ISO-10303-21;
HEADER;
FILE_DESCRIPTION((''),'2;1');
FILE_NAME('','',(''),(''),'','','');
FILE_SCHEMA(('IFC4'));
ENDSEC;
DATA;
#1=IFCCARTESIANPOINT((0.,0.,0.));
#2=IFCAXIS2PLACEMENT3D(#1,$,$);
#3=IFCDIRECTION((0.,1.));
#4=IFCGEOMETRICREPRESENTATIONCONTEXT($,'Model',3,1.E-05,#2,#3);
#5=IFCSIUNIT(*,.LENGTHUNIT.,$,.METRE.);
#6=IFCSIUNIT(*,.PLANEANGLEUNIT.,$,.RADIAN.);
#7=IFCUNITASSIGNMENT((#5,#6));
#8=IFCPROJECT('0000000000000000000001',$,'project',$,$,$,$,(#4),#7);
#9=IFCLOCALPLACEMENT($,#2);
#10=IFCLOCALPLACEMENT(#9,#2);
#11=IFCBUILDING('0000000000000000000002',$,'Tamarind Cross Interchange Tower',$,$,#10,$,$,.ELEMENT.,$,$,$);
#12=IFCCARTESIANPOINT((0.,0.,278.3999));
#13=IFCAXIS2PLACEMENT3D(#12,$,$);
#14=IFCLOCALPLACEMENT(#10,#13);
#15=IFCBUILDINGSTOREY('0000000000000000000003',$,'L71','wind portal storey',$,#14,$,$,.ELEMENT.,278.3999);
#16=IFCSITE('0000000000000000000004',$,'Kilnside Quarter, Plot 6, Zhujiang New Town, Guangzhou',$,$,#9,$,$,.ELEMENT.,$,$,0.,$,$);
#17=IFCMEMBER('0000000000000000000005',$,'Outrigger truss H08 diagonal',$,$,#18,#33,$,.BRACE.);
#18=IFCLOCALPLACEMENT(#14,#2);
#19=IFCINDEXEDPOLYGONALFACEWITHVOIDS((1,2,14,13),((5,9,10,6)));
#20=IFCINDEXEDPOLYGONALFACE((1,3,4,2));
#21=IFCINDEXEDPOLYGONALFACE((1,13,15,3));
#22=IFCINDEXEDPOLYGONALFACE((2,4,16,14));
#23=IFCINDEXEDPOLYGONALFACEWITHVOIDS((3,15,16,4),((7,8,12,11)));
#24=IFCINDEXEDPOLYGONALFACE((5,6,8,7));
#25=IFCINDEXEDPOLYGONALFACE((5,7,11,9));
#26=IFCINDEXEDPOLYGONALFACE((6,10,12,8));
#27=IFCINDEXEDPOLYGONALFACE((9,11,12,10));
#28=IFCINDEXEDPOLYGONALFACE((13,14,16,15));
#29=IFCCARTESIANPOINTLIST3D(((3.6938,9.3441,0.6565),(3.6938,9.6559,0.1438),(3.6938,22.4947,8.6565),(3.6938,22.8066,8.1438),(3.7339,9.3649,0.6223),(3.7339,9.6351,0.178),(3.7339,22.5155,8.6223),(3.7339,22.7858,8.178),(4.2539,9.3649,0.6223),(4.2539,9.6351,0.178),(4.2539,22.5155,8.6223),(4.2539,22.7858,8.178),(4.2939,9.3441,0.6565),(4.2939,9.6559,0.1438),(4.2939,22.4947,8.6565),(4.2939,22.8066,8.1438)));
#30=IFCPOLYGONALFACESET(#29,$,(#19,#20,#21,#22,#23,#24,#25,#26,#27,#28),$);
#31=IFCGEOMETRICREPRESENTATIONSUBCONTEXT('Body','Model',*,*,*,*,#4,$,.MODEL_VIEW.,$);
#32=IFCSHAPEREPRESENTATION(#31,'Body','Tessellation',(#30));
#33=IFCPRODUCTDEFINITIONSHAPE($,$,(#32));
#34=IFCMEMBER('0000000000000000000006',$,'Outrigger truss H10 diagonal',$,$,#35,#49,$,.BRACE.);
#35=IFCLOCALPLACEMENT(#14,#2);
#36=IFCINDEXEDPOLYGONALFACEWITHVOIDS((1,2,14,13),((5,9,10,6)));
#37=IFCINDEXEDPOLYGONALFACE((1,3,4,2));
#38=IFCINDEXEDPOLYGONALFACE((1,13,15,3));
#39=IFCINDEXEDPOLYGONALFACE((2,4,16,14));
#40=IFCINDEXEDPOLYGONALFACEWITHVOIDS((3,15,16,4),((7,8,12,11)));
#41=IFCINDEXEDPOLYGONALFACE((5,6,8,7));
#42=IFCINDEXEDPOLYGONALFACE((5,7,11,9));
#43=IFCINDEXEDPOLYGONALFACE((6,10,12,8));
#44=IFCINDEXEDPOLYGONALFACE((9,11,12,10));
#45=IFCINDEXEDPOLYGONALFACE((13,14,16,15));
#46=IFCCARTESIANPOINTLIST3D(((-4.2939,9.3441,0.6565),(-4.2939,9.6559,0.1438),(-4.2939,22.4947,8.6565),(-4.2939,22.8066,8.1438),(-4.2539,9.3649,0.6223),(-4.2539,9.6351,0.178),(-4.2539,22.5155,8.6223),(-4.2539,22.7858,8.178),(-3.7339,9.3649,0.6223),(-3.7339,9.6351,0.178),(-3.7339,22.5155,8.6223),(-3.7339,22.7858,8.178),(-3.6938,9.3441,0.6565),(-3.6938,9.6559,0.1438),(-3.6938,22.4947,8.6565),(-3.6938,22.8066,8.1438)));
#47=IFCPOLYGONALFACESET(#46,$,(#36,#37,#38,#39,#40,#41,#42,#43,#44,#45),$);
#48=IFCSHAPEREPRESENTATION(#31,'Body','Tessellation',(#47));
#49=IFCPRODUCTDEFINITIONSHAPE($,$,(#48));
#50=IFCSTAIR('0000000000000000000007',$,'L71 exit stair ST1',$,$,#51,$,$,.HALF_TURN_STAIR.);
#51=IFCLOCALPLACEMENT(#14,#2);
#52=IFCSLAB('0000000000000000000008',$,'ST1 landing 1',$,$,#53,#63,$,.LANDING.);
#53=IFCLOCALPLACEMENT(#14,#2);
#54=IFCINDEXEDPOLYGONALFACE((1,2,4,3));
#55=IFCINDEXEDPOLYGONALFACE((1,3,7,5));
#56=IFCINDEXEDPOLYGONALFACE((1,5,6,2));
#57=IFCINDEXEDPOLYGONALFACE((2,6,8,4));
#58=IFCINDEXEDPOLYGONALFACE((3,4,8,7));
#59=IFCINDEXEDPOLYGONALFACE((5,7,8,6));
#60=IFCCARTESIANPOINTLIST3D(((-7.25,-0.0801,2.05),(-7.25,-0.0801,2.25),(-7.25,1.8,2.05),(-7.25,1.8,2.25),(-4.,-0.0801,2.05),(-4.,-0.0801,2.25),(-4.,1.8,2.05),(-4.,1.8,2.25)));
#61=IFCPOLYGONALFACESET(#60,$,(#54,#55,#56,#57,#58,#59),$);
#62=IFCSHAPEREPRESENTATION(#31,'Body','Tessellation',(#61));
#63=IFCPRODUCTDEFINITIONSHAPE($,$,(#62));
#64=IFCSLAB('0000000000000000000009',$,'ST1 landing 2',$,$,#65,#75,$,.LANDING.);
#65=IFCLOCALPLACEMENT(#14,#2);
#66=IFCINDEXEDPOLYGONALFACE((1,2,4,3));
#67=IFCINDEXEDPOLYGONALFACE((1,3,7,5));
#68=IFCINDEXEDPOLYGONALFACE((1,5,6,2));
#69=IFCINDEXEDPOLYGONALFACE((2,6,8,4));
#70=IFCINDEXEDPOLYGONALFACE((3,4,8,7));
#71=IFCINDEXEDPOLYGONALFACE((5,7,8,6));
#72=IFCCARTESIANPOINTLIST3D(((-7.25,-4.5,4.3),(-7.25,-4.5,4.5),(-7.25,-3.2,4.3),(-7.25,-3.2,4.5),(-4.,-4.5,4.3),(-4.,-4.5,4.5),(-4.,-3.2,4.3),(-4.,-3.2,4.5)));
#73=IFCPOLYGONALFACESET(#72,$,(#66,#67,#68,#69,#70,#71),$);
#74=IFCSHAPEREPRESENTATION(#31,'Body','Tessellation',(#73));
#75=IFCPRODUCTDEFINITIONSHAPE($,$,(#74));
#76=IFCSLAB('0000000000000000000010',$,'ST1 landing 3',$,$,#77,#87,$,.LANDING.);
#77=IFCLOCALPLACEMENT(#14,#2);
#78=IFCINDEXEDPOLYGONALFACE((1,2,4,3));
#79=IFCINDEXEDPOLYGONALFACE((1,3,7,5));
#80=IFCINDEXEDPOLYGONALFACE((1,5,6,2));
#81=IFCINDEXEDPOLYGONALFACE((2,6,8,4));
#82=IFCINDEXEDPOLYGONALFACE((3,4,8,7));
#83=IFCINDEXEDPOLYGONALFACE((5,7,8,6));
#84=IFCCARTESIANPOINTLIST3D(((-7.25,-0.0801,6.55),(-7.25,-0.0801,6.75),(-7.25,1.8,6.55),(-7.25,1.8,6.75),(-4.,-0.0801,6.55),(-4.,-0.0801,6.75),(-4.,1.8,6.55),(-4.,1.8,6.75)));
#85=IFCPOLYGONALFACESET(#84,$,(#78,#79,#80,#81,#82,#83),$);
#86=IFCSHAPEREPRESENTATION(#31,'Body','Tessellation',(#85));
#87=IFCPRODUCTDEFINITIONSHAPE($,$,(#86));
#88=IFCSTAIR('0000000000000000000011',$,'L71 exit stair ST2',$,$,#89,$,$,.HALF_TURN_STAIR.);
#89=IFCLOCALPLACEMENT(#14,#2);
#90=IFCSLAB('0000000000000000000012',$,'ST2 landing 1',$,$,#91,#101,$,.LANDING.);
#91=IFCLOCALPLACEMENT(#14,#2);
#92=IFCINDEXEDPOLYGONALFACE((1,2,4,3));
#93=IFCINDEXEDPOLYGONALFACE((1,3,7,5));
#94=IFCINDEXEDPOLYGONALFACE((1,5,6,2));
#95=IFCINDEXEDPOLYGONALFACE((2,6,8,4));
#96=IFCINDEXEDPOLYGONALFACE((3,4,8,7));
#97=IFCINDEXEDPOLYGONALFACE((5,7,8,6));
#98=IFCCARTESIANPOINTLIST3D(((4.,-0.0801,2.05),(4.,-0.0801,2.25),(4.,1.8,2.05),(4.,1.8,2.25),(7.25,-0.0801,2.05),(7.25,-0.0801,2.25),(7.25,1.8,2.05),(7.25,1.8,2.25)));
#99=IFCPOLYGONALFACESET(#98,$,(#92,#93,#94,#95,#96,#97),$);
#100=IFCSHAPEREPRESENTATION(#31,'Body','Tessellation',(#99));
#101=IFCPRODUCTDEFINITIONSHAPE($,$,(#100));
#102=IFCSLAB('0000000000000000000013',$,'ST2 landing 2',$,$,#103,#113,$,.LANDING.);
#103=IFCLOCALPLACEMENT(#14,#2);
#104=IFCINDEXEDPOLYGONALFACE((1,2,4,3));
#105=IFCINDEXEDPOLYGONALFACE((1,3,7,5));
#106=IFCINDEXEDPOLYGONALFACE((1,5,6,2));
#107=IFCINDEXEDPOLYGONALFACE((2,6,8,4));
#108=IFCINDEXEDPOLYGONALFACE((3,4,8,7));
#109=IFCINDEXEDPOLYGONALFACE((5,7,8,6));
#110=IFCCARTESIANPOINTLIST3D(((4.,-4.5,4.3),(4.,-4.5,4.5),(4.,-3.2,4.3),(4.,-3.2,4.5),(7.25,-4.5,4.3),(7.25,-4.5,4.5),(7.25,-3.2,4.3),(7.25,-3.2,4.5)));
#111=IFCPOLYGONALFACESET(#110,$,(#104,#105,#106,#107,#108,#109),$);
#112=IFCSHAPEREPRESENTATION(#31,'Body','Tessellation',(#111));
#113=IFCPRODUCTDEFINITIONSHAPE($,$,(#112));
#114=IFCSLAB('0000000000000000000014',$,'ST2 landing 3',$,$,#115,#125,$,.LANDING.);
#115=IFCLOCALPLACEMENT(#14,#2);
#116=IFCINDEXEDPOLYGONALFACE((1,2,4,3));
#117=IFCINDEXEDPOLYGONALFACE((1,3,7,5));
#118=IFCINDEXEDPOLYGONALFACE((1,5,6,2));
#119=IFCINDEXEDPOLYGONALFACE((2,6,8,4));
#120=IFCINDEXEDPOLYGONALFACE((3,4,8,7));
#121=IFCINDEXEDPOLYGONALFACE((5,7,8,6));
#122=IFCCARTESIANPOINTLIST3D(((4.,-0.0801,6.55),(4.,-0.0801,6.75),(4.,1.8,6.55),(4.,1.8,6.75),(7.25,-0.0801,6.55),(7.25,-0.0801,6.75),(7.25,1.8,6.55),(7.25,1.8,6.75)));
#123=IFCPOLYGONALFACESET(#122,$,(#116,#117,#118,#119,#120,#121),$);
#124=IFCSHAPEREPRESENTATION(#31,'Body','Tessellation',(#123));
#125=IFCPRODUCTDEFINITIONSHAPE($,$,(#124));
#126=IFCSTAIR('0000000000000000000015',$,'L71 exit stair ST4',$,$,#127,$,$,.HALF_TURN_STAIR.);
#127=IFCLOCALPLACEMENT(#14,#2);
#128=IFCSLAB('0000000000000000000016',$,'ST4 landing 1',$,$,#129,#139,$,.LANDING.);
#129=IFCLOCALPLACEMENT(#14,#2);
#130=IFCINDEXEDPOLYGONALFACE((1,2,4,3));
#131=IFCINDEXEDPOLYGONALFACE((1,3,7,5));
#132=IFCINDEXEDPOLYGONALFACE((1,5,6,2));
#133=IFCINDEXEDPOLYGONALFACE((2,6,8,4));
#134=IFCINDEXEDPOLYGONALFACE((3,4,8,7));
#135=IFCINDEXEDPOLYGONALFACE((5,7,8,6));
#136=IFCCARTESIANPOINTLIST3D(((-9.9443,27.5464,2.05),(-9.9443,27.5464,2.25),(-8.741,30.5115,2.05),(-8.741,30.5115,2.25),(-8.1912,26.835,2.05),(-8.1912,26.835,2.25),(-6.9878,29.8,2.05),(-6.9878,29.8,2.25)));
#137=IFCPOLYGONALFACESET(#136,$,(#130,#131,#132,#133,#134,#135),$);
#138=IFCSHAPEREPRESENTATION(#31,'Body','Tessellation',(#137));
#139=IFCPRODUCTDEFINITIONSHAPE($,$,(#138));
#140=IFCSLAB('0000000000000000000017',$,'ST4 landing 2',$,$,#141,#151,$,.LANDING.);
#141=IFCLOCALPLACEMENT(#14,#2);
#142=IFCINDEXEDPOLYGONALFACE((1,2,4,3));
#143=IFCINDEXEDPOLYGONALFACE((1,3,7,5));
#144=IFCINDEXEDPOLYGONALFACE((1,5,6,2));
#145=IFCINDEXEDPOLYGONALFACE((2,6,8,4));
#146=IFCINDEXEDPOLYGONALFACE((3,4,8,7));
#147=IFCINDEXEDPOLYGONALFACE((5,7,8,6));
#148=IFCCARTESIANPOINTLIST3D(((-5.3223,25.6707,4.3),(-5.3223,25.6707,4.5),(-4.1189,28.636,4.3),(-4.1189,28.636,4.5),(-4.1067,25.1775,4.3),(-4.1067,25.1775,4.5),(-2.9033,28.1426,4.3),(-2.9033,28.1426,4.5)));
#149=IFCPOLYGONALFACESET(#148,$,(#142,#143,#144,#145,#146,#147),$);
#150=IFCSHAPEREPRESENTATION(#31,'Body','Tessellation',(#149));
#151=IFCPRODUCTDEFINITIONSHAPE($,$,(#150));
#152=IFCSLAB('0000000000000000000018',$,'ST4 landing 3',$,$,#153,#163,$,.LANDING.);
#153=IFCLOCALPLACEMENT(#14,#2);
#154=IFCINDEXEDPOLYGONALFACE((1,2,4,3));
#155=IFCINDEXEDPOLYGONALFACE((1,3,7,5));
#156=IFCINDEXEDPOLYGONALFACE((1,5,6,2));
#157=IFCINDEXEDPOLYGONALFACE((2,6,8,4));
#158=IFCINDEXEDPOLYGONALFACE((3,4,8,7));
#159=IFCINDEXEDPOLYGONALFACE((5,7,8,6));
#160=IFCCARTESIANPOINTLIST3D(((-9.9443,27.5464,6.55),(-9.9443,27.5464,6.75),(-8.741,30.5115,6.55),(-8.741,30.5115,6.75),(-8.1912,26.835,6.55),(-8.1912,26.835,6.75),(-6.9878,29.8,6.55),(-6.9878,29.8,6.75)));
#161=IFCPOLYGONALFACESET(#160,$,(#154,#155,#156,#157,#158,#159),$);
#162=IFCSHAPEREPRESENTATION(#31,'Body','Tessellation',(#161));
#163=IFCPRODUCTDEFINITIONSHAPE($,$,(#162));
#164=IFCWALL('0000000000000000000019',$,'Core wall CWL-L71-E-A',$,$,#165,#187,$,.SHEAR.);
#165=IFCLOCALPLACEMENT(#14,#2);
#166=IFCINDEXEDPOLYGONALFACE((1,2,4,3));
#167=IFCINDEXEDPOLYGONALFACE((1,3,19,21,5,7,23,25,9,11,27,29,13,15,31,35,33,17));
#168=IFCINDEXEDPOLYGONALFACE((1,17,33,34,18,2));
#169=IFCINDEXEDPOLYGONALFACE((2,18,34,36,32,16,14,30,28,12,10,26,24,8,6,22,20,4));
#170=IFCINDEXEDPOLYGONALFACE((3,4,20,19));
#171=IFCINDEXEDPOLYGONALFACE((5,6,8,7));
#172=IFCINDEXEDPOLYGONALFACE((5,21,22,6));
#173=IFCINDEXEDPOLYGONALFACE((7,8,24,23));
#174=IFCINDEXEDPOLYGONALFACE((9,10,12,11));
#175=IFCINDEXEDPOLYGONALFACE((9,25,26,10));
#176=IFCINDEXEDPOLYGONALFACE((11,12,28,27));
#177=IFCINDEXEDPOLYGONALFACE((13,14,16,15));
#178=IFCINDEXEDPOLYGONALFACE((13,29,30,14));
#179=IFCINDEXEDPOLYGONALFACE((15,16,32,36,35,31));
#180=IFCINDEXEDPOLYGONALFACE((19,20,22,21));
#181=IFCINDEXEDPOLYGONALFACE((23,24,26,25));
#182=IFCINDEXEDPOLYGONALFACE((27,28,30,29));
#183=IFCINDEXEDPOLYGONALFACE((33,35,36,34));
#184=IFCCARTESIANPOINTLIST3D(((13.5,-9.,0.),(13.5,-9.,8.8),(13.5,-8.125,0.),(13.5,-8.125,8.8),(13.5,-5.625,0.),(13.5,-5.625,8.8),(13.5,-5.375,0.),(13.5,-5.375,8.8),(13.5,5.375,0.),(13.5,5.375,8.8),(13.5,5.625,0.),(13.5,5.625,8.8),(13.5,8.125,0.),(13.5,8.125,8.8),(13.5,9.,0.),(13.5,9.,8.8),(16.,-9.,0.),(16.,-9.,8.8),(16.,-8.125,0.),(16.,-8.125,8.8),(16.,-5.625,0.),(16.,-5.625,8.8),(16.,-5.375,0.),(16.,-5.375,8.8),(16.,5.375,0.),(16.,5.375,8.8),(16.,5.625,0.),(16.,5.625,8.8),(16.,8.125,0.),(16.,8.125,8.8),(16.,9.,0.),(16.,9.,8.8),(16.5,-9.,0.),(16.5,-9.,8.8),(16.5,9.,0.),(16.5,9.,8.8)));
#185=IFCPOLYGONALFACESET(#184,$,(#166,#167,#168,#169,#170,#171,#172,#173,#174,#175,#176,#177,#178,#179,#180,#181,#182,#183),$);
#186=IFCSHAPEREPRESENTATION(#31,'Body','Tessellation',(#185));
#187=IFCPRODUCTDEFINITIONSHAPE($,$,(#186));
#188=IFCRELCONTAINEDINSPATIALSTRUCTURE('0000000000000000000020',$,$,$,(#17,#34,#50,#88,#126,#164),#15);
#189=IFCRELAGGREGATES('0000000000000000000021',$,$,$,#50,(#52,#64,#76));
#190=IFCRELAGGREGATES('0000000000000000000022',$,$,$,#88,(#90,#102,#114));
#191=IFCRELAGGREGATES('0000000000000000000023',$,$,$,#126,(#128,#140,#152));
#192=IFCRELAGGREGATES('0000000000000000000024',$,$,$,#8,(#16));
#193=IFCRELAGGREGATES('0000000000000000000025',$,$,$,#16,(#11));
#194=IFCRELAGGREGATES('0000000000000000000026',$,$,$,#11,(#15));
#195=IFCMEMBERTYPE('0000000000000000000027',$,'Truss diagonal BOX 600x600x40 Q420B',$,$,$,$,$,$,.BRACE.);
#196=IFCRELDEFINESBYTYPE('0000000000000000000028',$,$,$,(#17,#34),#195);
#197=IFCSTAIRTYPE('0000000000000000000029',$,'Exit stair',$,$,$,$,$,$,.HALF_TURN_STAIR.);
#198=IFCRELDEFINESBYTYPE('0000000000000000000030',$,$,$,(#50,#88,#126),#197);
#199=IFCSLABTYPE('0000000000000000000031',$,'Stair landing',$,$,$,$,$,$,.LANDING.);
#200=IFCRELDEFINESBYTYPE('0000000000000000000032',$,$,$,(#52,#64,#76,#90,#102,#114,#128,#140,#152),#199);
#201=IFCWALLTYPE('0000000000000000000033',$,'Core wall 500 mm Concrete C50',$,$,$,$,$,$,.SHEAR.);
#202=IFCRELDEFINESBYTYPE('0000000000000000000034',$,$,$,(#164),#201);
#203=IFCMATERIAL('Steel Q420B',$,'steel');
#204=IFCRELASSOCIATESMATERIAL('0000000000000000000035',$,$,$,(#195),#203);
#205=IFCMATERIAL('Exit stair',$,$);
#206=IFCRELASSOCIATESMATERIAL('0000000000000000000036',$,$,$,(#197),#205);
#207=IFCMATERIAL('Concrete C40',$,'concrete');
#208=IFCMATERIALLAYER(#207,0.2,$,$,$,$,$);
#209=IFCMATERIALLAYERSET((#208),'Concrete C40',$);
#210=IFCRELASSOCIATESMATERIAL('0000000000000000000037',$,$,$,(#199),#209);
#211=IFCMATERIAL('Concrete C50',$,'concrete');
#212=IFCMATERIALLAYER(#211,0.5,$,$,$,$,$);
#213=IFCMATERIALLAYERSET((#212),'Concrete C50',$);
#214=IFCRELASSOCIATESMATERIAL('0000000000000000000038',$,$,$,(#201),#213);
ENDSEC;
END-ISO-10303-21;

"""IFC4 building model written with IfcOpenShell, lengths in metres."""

from ifc_helpers import new_model, si_unit, direction, frame, origin, origin_2d, place, context, subcontext, project, spatial, polyline, hollow_rectangle, outline, extrude, material, layer, layer_set, material_profile, profile_set, type_object, element, aggregate, save


model = new_model("IFC4")

# Units and contexts
model_context = context("Model", 3, precision=1e-05, world=origin(), true_north=direction((0.0, 1.0)))
body_context = subcontext(model_context, "Body", "Model", "MODEL_VIEW")
ifc_project = project(units=[si_unit("LENGTHUNIT", "METRE"), si_unit("PLANEANGLEUNIT", "RADIAN")], contexts=[model_context])

# Site, building, storey
site_placement = place(None, origin())
site = spatial("IfcSite", under=ifc_project, at=site_placement, Name="Kilnside Quarter, Plot 6, Zhujiang New Town, Guangzhou", CompositionType="ELEMENT", RefElevation=0.0)
building_placement = place(site_placement, origin())
building = spatial("IfcBuilding", under=site, at=building_placement, Name="Tamarind Cross Interchange Tower", CompositionType="ELEMENT")
storey_placement = place(building_placement, frame((0.0, 0.0, 278.3999)))
storey = spatial("IfcBuildingStorey", under=building, at=storey_placement, Name="L71", Description="wind portal storey", CompositionType="ELEMENT", Elevation=278.3999)

# Members
ifc_material_1 = material(Name="Steel Q420B", Category="steel")
ifc_material_profile_1 = material_profile(ifc_material_1, hollow_rectangle(XDim=0.6001, YDim=0.6001, WallThickness=0.04, at=origin_2d()), Name="BOX 600x600x40")
ifc_profile_set_1 = profile_set([ifc_material_profile_1], Name="Steel Q420B")
member_type_1 = type_object("IfcMemberType", Name="Truss diagonal BOX 600x600x40 Q420B", PredefinedType="BRACE", material=ifc_profile_set_1)
for number, where, z_axis, x_axis, name in (
    (1, (3.9939, 9.5, 0.4001), (0.0, 0.854335, 0.519723), (-1.0, 0.0, 0.0), "Outrigger truss H08 diagonal"),
    (2, (-3.9939, 9.5, 0.4001), (0.0, 0.854335, 0.519723), (-1.0, 0.0, 0.0), "Outrigger truss H10 diagonal"),
):
    element("IfcMember", number, at=place(storey_placement, frame(where, z_axis=z_axis, x_axis=x_axis)), inside=storey, type_object=member_type_1, Name=name, PredefinedType="BRACE", context=body_context, shape_type="SweptSolid", body=[
        extrude(hollow_rectangle(XDim=0.6001, YDim=0.6001, WallThickness=0.04, at=origin_2d()), origin(), (0.0, 0.0, 1.0), 15.3928),
    ])

# Stairs, slabs
ifc_material_2 = material(Name="Exit stair")
stair_type = type_object("IfcStairType", Name="Exit stair", PredefinedType="HALF_TURN_STAIR", material=ifc_material_2)
stair_1_placement = place(storey_placement, origin())
stair_1 = element("IfcStair", 3, at=stair_1_placement, inside=storey, type_object=stair_type, Name="L71 exit stair ST1", PredefinedType="HALF_TURN_STAIR")
ifc_material_3 = material(Name="Concrete C40", Category="concrete")
ifc_layer_1 = layer(ifc_material_3, 0.2)
ifc_layer_set_1 = layer_set([ifc_layer_1], Name="Concrete C40")
slab_type = type_object("IfcSlabType", Name="Stair landing", PredefinedType="LANDING", material=ifc_layer_set_1)
slab_1_placement = place(storey_placement, frame((0.0, 0.0, 2.05)))
slab_1 = element("IfcSlab", 4, at=slab_1_placement, type_object=slab_type, Name="ST1 landing 1", PredefinedType="LANDING", context=body_context, shape_type="SweptSolid", body=[
    extrude(outline(polyline([(-4.0, -0.0801), (-4.0, 1.8), (-7.25, 1.8), (-7.25, -0.0801), (-4.0, -0.0801)])), origin(), (0.0, 0.0, 1.0), 0.2),
])
slab_2_placement = place(storey_placement, frame((0.0, 0.0, 4.3)))
slab_2 = element("IfcSlab", 5, at=slab_2_placement, type_object=slab_type, Name="ST1 landing 2", PredefinedType="LANDING", context=body_context, shape_type="SweptSolid", body=[
    extrude(outline(polyline([(-4.0, -4.5), (-4.0, -3.2), (-7.25, -3.2), (-7.25, -4.5), (-4.0, -4.5)])), origin(), (0.0, 0.0, 1.0), 0.2),
])
slab_3_placement = place(storey_placement, frame((0.0, 0.0, 6.55)))
slab_3 = element("IfcSlab", 6, at=slab_3_placement, type_object=slab_type, Name="ST1 landing 3", PredefinedType="LANDING", context=body_context, shape_type="SweptSolid", body=[
    extrude(outline(polyline([(-4.0, -0.0801), (-4.0, 1.8), (-7.25, 1.8), (-7.25, -0.0801), (-4.0, -0.0801)])), origin(), (0.0, 0.0, 1.0), 0.2),
])
aggregate(stair_1, [slab_1, slab_2, slab_3])
stair_2_placement = place(storey_placement, origin())
stair_2 = element("IfcStair", 7, at=stair_2_placement, inside=storey, type_object=stair_type, Name="L71 exit stair ST2", PredefinedType="HALF_TURN_STAIR")
slab_4_placement = place(storey_placement, frame((0.0, 0.0, 2.05)))
slab_4 = element("IfcSlab", 8, at=slab_4_placement, type_object=slab_type, Name="ST2 landing 1", PredefinedType="LANDING", context=body_context, shape_type="SweptSolid", body=[
    extrude(outline(polyline([(7.25, -0.0801), (7.25, 1.8), (4.0, 1.8), (4.0, -0.0801), (7.25, -0.0801)])), origin(), (0.0, 0.0, 1.0), 0.2),
])
slab_5_placement = place(storey_placement, frame((0.0, 0.0, 4.3)))
slab_5 = element("IfcSlab", 9, at=slab_5_placement, type_object=slab_type, Name="ST2 landing 2", PredefinedType="LANDING", context=body_context, shape_type="SweptSolid", body=[
    extrude(outline(polyline([(7.25, -4.5), (7.25, -3.2), (4.0, -3.2), (4.0, -4.5), (7.25, -4.5)])), origin(), (0.0, 0.0, 1.0), 0.2),
])
slab_6_placement = place(storey_placement, frame((0.0, 0.0, 6.55)))
slab_6 = element("IfcSlab", 10, at=slab_6_placement, type_object=slab_type, Name="ST2 landing 3", PredefinedType="LANDING", context=body_context, shape_type="SweptSolid", body=[
    extrude(outline(polyline([(7.25, -0.0801), (7.25, 1.8), (4.0, 1.8), (4.0, -0.0801), (7.25, -0.0801)])), origin(), (0.0, 0.0, 1.0), 0.2),
])
aggregate(stair_2, [slab_4, slab_5, slab_6])
stair_3_placement = place(storey_placement, origin())
stair_3 = element("IfcStair", 11, at=stair_3_placement, inside=storey, type_object=stair_type, Name="L71 exit stair ST4", PredefinedType="HALF_TURN_STAIR")
slab_7_placement = place(storey_placement, frame((0.0, 0.0, 2.05)))
slab_7 = element("IfcSlab", 12, at=slab_7_placement, type_object=slab_type, Name="ST4 landing 1", PredefinedType="LANDING", context=body_context, shape_type="SweptSolid", body=[
    extrude(outline(polyline([(-6.9878, 29.8), (-8.741, 30.5115), (-9.9443, 27.5464), (-8.1912, 26.835), (-6.9878, 29.8)])), origin(), (0.0, 0.0, 1.0), 0.2),
])
slab_8_placement = place(storey_placement, frame((0.0, 0.0, 4.3)))
slab_8 = element("IfcSlab", 13, at=slab_8_placement, type_object=slab_type, Name="ST4 landing 2", PredefinedType="LANDING", context=body_context, shape_type="SweptSolid", body=[
    extrude(outline(polyline([(-2.9033, 28.1426), (-4.1189, 28.636), (-5.3223, 25.6707), (-4.1067, 25.1775), (-2.9033, 28.1426)])), origin(), (0.0, 0.0, 1.0), 0.2),
])
slab_9_placement = place(storey_placement, frame((0.0, 0.0, 6.55)))
slab_9 = element("IfcSlab", 14, at=slab_9_placement, type_object=slab_type, Name="ST4 landing 3", PredefinedType="LANDING", context=body_context, shape_type="SweptSolid", body=[
    extrude(outline(polyline([(-6.9878, 29.8), (-8.741, 30.5115), (-9.9443, 27.5464), (-8.1912, 26.835), (-6.9878, 29.8)])), origin(), (0.0, 0.0, 1.0), 0.2),
])
aggregate(stair_3, [slab_7, slab_8, slab_9])

# Wall
ifc_material_4 = material(Name="Concrete C50", Category="concrete")
ifc_layer_2 = layer(ifc_material_4, 0.5)
ifc_layer_set_2 = layer_set([ifc_layer_2], Name="Concrete C50")
wall_type_1 = type_object("IfcWallType", Name="Core wall 500 mm Concrete C50", PredefinedType="SHEAR", material=ifc_layer_set_2)
wall_1_placement = place(storey_placement, origin())
element("IfcWall", 15, at=wall_1_placement, inside=storey, type_object=wall_type_1, Name="Core wall CWL-L71-E-A", PredefinedType="SHEAR", context=body_context, shape_type="SweptSolid", body=[
    extrude(outline(polyline([(13.5, -8.125), (13.5, -9.0), (16.0, -9.0), (16.5, -9.0), (16.5, 9.0), (16.0, 9.0), (13.5, 9.0), (13.5, 8.125), (16.0, 8.125), (16.0, 5.625), (13.5, 5.625), (13.5, 5.375), (16.0, 5.375), (16.0, -5.375), (13.5, -5.375), (13.5, -5.625), (16.0, -5.625), (16.0, -8.125), (13.5, -8.125)])), origin(), (0.0, 0.0, 1.0), 8.8),
])

save(model, "model.ifc")
